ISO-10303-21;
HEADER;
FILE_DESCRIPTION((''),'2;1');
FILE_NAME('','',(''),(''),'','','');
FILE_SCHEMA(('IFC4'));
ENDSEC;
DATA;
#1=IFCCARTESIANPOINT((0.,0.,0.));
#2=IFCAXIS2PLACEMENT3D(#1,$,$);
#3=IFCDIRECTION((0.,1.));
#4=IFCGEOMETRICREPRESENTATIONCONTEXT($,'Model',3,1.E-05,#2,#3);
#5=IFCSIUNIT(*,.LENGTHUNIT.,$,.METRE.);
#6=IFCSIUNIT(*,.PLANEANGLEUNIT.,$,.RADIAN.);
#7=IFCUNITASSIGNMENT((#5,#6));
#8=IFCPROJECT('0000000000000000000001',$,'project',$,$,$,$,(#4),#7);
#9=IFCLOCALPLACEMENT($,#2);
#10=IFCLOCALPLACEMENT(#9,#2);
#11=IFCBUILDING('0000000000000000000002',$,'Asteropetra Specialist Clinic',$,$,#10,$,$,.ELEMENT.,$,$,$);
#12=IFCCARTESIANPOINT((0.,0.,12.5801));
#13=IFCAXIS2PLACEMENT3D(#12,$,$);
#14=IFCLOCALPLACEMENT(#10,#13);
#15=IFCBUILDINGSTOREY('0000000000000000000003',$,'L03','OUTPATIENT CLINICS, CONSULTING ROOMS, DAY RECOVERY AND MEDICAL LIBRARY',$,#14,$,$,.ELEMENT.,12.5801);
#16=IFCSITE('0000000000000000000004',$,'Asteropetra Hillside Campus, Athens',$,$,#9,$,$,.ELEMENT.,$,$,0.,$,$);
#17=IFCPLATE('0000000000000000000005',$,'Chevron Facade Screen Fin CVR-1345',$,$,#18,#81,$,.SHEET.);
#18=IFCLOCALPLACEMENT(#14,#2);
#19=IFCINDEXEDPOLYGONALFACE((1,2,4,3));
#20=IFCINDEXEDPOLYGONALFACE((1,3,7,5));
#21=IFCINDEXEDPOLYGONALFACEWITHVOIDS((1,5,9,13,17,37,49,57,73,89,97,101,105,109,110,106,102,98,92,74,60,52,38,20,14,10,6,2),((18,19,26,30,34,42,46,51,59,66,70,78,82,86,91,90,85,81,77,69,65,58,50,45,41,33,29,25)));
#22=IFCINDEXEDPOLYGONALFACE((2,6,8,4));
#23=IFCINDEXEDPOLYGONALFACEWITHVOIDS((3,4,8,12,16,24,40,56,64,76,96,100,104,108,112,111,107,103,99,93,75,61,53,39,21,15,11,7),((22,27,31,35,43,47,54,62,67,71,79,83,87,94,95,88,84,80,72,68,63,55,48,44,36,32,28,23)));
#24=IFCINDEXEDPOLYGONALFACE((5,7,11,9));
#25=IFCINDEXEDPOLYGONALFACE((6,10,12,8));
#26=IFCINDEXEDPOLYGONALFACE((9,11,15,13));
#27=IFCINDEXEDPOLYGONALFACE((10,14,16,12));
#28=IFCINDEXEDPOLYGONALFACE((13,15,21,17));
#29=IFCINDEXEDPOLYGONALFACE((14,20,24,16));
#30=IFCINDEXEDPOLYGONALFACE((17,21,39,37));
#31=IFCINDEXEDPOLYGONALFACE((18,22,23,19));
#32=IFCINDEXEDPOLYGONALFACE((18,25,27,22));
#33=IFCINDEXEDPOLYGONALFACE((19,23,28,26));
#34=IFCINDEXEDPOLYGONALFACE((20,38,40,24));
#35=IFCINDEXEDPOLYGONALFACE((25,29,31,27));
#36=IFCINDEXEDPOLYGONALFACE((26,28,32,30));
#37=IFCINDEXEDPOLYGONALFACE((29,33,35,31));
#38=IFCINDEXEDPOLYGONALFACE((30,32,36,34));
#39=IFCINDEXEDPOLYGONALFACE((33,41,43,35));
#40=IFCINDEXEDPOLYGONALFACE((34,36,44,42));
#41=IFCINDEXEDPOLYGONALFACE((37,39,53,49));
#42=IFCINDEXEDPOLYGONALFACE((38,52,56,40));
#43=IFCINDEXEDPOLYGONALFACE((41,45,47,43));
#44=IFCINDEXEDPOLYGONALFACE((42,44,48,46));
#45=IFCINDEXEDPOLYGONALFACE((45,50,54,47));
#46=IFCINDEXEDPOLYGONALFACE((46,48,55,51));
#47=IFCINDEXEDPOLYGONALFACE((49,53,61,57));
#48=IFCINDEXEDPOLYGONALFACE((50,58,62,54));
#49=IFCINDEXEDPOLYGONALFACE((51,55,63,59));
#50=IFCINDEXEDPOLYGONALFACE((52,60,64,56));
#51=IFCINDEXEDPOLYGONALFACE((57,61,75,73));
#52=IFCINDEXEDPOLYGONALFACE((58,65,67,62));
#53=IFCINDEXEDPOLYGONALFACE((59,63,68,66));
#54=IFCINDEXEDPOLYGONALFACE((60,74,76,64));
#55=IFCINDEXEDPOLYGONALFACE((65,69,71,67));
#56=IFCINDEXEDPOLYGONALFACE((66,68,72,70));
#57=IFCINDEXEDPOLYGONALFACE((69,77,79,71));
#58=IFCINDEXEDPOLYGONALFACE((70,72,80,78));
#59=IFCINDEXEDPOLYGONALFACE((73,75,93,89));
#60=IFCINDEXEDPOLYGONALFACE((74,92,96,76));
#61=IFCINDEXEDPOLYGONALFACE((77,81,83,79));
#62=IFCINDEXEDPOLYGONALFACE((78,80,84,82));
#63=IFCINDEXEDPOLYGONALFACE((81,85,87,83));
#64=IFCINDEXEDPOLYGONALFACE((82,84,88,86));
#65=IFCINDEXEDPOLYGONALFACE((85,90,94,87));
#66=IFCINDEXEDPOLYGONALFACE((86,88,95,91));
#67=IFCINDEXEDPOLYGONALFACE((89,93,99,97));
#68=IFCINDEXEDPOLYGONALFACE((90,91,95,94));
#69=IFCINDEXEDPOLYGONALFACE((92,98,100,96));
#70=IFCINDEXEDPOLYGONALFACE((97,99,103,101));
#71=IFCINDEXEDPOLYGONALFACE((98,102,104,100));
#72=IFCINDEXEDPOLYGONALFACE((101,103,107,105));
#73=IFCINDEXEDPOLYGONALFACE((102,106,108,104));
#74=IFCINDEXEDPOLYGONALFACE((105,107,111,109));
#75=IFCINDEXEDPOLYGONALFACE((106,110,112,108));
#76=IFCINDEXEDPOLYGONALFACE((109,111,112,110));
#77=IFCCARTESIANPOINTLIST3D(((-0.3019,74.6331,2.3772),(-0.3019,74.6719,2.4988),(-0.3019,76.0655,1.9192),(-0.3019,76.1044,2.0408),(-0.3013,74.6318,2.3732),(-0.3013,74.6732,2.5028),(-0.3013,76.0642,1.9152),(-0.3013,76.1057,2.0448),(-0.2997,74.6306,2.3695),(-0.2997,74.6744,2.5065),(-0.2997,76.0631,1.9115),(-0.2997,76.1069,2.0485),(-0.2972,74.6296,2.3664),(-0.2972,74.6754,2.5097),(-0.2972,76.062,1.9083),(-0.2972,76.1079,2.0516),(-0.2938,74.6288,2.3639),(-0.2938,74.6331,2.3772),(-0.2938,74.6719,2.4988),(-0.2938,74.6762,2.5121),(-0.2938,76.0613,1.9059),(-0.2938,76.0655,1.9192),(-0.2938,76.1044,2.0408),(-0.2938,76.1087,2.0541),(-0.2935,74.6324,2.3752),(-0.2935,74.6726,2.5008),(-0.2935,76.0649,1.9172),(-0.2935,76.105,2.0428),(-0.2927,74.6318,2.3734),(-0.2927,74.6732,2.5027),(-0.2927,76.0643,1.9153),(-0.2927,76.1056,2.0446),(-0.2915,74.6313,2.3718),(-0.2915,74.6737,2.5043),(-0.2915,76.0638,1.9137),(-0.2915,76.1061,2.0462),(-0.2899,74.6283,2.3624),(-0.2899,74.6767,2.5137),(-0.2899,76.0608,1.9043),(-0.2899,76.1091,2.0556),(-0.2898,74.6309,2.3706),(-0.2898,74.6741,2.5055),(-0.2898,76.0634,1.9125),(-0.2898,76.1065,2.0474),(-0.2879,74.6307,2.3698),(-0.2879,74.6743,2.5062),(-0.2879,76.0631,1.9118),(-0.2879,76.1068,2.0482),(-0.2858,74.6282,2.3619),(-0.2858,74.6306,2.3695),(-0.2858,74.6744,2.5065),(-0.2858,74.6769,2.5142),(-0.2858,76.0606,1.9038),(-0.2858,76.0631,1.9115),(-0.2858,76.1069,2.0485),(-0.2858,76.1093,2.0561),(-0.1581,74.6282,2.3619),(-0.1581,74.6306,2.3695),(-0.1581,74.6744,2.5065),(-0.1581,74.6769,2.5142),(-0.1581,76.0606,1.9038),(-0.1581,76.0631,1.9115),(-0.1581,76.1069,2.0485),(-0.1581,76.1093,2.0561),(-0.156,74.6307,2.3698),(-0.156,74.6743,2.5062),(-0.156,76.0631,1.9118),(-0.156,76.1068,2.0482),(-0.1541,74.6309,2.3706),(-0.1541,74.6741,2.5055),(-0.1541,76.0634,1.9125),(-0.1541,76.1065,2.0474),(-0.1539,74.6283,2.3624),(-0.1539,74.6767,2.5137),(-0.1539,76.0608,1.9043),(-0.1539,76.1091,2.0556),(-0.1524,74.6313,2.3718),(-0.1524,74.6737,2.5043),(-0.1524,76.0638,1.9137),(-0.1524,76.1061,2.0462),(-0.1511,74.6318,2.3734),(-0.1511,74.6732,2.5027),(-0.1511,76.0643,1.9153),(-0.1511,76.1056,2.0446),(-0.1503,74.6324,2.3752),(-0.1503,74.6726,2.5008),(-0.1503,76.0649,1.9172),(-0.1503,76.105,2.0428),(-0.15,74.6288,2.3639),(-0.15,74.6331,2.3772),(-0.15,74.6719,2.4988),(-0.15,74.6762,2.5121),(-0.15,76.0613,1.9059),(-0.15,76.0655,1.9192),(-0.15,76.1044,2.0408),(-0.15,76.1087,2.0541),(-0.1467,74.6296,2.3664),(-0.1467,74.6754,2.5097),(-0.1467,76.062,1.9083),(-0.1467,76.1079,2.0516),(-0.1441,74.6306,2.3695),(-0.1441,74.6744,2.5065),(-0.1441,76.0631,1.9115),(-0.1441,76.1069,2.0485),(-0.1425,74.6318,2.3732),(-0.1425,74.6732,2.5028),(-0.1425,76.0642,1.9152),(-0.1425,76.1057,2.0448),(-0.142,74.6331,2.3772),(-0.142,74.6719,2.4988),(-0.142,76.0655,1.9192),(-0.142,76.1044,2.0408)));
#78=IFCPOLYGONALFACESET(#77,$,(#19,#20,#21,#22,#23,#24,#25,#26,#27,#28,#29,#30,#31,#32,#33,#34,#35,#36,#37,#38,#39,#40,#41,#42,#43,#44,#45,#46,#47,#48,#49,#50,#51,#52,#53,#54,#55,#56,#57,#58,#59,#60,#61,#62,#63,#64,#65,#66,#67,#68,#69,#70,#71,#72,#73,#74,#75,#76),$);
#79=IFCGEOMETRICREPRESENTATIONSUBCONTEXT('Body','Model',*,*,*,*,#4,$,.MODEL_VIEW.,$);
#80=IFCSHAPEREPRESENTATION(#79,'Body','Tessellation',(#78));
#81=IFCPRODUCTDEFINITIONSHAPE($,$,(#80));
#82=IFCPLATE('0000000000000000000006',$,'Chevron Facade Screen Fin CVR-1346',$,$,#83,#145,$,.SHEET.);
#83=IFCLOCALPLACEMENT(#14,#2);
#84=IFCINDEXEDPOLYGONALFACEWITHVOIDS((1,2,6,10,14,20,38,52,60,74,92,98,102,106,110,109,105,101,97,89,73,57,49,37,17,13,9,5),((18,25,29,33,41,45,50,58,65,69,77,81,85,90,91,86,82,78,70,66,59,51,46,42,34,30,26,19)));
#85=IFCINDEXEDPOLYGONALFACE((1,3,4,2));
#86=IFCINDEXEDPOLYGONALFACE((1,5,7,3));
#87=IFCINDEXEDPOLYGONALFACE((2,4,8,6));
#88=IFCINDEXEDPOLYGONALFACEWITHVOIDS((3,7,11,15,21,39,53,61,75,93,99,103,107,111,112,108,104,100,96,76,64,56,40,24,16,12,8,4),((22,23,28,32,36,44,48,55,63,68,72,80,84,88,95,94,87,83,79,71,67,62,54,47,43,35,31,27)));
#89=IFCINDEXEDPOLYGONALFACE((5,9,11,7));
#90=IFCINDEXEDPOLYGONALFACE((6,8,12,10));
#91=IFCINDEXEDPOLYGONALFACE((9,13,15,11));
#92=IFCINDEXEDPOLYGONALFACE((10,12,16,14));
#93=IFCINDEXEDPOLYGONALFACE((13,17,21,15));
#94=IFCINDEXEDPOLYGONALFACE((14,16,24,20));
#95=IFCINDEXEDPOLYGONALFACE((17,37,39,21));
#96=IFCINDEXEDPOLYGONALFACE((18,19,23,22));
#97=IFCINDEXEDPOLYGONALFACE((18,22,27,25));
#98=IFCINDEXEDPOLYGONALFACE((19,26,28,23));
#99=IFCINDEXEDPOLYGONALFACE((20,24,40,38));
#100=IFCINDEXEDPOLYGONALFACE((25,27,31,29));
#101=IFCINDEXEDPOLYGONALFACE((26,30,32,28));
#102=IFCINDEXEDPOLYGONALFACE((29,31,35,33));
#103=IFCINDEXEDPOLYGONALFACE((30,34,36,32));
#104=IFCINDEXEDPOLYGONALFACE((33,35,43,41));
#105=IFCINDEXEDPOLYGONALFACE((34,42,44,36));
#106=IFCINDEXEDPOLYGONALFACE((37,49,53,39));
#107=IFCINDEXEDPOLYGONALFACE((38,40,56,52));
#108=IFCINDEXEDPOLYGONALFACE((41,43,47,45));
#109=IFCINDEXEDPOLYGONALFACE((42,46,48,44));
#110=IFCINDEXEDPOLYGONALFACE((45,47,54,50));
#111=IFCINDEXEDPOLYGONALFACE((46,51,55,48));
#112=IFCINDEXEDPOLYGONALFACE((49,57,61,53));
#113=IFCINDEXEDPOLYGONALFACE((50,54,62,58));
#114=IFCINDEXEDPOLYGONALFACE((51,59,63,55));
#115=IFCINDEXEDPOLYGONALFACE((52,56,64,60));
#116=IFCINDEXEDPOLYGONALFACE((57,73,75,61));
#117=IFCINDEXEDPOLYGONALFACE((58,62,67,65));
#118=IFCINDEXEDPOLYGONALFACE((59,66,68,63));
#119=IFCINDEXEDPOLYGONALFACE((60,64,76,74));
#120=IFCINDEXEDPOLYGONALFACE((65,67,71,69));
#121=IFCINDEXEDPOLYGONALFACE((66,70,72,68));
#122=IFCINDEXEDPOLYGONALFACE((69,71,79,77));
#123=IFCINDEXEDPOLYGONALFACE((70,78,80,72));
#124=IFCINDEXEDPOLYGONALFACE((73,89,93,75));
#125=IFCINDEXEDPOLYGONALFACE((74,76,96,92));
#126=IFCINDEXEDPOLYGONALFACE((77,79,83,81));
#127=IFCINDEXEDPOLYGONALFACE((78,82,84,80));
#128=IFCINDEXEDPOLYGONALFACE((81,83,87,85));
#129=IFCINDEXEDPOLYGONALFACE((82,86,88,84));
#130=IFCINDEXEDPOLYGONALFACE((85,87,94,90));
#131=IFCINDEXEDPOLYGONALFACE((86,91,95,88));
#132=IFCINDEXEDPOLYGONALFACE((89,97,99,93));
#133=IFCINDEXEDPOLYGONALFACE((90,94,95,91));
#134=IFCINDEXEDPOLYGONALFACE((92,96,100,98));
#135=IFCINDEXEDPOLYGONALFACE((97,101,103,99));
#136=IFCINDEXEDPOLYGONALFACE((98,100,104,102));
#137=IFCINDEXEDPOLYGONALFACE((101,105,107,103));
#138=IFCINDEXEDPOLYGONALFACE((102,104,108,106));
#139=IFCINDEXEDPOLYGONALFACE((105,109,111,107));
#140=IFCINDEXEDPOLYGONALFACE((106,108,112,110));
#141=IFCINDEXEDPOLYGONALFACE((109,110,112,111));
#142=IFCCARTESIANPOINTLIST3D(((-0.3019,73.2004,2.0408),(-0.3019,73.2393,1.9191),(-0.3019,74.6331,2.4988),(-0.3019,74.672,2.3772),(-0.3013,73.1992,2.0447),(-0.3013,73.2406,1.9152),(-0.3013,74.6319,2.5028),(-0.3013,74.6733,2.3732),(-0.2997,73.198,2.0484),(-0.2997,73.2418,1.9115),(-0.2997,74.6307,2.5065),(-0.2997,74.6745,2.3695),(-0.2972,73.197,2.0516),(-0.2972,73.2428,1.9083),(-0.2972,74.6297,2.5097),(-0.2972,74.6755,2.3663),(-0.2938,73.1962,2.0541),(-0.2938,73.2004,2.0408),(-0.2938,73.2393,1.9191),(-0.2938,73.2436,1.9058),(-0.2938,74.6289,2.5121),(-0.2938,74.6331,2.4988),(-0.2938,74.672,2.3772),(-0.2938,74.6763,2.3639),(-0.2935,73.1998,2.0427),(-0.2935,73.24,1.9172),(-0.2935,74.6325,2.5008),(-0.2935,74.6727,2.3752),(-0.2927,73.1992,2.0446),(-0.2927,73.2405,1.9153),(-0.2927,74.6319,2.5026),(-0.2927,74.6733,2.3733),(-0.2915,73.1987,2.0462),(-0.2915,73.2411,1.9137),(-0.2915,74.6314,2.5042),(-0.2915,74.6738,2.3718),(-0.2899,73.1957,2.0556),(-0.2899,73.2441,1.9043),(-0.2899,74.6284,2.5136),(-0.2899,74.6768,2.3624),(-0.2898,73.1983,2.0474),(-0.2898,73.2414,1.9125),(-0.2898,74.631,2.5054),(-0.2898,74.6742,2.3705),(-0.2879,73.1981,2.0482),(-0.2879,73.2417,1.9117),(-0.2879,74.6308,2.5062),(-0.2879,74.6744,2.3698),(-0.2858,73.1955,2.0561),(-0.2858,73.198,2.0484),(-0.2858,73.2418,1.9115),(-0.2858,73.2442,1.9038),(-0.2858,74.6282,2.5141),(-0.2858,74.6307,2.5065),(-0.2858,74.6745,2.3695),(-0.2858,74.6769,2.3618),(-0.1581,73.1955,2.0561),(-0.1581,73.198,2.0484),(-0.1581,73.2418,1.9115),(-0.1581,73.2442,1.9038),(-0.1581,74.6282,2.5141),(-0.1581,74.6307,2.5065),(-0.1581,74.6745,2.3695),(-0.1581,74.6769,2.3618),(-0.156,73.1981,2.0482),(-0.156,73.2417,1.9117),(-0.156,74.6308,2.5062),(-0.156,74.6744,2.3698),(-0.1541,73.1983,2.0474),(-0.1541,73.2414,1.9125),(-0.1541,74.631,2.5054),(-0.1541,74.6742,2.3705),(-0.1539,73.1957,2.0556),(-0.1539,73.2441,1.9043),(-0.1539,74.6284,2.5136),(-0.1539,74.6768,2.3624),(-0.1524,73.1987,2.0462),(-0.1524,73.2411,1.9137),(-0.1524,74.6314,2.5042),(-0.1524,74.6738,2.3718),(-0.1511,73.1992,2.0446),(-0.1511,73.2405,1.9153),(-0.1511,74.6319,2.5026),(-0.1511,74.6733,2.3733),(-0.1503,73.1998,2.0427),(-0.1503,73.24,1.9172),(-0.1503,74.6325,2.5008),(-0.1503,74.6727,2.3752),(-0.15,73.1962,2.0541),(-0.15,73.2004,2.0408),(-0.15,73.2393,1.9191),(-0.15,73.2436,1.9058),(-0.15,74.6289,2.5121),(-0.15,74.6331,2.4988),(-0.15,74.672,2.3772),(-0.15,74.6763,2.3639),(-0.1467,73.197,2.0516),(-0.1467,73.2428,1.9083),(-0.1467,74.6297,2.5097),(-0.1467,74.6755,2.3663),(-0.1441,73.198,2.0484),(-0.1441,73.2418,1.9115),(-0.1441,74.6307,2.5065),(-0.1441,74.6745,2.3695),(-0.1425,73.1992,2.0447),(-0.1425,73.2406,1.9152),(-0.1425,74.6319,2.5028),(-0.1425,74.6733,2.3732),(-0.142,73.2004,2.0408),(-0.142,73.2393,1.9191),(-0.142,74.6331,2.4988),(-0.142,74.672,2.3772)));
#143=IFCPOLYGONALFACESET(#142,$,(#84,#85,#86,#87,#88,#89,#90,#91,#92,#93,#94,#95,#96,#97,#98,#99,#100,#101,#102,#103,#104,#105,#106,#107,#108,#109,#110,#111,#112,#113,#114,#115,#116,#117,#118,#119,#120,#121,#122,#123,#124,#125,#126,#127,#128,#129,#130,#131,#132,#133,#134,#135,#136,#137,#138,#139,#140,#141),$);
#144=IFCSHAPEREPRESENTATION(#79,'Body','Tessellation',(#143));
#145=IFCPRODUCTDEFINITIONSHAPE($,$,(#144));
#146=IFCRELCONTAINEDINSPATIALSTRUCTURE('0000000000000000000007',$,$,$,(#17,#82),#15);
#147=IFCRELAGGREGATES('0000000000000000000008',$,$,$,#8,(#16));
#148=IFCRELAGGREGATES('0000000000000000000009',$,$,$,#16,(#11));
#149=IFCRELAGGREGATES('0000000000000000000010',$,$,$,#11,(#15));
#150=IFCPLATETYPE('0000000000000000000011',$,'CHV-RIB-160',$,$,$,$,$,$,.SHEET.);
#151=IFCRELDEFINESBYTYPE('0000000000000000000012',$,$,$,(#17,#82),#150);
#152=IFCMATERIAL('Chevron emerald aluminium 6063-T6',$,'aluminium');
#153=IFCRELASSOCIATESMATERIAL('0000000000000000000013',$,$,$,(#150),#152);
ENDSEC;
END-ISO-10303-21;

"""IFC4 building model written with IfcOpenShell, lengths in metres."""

from ifc_helpers import new_model, si_unit, direction, frame, origin, origin_2d, place, context, subcontext, project, spatial, hollow_rectangle, extrude, material, material_profile, profile_set, type_object, element, save


model = new_model("IFC4")

# Units and contexts
model_context = context("Model", 3, precision=1e-05, world=origin(), true_north=direction((0.0, 1.0)))
body_context = subcontext(model_context, "Body", "Model", "MODEL_VIEW")
ifc_project = project(units=[si_unit("LENGTHUNIT", "METRE"), si_unit("PLANEANGLEUNIT", "RADIAN")], contexts=[model_context])

# Site, building, storey
site_placement = place(None, origin())
site = spatial("IfcSite", under=ifc_project, at=site_placement, Name="Asteropetra Hillside Campus, Athens", CompositionType="ELEMENT", RefElevation=0.0)
building_placement = place(site_placement, origin())
building = spatial("IfcBuilding", under=site, at=building_placement, Name="Asteropetra Specialist Clinic", CompositionType="ELEMENT")
storey_placement = place(building_placement, frame((0.0, 0.0, 12.5801)))
storey = spatial("IfcBuildingStorey", under=building, at=storey_placement, Name="L03", Description="OUTPATIENT CLINICS, CONSULTING ROOMS, DAY RECOVERY AND MEDICAL LIBRARY", CompositionType="ELEMENT", Elevation=12.5801)

# Plates
ifc_material_1 = material(Name="Chevron emerald aluminium 6063-T6", Category="aluminium")
ifc_material_profile = material_profile(ifc_material_1, hollow_rectangle(XDim=0.1599, YDim=0.1599, WallThickness=0.0081, InnerFilletRadius=0.0081, OuterFilletRadius=0.0161, at=origin_2d()), Name="SHS 160x160x8.0")
ifc_profile_set = profile_set([ifc_material_profile], Name="Chevron emerald aluminium 6063-T6")
plate_type_1 = type_object("IfcPlateType", Name="CHV-RIB-160", PredefinedType="SHEET", material=ifc_profile_set)
plate_1_placement = place(storey_placement, frame((-0.2219, 76.085, 1.98), z_axis=(0.0, -0.952492, 0.304564), x_axis=(1.0, 0.0, 0.0)))
element("IfcPlate", 1, at=plate_1_placement, inside=storey, type_object=plate_type_1, Name="Chevron Facade Screen Fin CVR-1345", PredefinedType="SHEET", context=body_context, shape_type="SweptSolid", body=[
    extrude(hollow_rectangle(XDim=0.1599, YDim=0.1599, WallThickness=0.0081, InnerFilletRadius=0.0081, OuterFilletRadius=0.0161, at=origin_2d()), origin(), (0.0, 0.0, 1.0), 1.5039),
])
plate_2_placement = place(storey_placement, frame((-0.2219, 74.6526, 2.438), z_axis=(0.0, -0.952507, -0.304517), x_axis=(1.0, 0.0, 0.0)))
element("IfcPlate", 2, at=plate_2_placement, inside=storey, type_object=plate_type_1, Name="Chevron Facade Screen Fin CVR-1346", PredefinedType="SHEET", context=body_context, shape_type="SweptSolid", body=[
    extrude(hollow_rectangle(XDim=0.1599, YDim=0.1599, WallThickness=0.0081, InnerFilletRadius=0.0081, OuterFilletRadius=0.0161, at=origin_2d()), origin(), (0.0, 0.0, 1.0), 1.5042),
])

save(model, "model.ifc")
